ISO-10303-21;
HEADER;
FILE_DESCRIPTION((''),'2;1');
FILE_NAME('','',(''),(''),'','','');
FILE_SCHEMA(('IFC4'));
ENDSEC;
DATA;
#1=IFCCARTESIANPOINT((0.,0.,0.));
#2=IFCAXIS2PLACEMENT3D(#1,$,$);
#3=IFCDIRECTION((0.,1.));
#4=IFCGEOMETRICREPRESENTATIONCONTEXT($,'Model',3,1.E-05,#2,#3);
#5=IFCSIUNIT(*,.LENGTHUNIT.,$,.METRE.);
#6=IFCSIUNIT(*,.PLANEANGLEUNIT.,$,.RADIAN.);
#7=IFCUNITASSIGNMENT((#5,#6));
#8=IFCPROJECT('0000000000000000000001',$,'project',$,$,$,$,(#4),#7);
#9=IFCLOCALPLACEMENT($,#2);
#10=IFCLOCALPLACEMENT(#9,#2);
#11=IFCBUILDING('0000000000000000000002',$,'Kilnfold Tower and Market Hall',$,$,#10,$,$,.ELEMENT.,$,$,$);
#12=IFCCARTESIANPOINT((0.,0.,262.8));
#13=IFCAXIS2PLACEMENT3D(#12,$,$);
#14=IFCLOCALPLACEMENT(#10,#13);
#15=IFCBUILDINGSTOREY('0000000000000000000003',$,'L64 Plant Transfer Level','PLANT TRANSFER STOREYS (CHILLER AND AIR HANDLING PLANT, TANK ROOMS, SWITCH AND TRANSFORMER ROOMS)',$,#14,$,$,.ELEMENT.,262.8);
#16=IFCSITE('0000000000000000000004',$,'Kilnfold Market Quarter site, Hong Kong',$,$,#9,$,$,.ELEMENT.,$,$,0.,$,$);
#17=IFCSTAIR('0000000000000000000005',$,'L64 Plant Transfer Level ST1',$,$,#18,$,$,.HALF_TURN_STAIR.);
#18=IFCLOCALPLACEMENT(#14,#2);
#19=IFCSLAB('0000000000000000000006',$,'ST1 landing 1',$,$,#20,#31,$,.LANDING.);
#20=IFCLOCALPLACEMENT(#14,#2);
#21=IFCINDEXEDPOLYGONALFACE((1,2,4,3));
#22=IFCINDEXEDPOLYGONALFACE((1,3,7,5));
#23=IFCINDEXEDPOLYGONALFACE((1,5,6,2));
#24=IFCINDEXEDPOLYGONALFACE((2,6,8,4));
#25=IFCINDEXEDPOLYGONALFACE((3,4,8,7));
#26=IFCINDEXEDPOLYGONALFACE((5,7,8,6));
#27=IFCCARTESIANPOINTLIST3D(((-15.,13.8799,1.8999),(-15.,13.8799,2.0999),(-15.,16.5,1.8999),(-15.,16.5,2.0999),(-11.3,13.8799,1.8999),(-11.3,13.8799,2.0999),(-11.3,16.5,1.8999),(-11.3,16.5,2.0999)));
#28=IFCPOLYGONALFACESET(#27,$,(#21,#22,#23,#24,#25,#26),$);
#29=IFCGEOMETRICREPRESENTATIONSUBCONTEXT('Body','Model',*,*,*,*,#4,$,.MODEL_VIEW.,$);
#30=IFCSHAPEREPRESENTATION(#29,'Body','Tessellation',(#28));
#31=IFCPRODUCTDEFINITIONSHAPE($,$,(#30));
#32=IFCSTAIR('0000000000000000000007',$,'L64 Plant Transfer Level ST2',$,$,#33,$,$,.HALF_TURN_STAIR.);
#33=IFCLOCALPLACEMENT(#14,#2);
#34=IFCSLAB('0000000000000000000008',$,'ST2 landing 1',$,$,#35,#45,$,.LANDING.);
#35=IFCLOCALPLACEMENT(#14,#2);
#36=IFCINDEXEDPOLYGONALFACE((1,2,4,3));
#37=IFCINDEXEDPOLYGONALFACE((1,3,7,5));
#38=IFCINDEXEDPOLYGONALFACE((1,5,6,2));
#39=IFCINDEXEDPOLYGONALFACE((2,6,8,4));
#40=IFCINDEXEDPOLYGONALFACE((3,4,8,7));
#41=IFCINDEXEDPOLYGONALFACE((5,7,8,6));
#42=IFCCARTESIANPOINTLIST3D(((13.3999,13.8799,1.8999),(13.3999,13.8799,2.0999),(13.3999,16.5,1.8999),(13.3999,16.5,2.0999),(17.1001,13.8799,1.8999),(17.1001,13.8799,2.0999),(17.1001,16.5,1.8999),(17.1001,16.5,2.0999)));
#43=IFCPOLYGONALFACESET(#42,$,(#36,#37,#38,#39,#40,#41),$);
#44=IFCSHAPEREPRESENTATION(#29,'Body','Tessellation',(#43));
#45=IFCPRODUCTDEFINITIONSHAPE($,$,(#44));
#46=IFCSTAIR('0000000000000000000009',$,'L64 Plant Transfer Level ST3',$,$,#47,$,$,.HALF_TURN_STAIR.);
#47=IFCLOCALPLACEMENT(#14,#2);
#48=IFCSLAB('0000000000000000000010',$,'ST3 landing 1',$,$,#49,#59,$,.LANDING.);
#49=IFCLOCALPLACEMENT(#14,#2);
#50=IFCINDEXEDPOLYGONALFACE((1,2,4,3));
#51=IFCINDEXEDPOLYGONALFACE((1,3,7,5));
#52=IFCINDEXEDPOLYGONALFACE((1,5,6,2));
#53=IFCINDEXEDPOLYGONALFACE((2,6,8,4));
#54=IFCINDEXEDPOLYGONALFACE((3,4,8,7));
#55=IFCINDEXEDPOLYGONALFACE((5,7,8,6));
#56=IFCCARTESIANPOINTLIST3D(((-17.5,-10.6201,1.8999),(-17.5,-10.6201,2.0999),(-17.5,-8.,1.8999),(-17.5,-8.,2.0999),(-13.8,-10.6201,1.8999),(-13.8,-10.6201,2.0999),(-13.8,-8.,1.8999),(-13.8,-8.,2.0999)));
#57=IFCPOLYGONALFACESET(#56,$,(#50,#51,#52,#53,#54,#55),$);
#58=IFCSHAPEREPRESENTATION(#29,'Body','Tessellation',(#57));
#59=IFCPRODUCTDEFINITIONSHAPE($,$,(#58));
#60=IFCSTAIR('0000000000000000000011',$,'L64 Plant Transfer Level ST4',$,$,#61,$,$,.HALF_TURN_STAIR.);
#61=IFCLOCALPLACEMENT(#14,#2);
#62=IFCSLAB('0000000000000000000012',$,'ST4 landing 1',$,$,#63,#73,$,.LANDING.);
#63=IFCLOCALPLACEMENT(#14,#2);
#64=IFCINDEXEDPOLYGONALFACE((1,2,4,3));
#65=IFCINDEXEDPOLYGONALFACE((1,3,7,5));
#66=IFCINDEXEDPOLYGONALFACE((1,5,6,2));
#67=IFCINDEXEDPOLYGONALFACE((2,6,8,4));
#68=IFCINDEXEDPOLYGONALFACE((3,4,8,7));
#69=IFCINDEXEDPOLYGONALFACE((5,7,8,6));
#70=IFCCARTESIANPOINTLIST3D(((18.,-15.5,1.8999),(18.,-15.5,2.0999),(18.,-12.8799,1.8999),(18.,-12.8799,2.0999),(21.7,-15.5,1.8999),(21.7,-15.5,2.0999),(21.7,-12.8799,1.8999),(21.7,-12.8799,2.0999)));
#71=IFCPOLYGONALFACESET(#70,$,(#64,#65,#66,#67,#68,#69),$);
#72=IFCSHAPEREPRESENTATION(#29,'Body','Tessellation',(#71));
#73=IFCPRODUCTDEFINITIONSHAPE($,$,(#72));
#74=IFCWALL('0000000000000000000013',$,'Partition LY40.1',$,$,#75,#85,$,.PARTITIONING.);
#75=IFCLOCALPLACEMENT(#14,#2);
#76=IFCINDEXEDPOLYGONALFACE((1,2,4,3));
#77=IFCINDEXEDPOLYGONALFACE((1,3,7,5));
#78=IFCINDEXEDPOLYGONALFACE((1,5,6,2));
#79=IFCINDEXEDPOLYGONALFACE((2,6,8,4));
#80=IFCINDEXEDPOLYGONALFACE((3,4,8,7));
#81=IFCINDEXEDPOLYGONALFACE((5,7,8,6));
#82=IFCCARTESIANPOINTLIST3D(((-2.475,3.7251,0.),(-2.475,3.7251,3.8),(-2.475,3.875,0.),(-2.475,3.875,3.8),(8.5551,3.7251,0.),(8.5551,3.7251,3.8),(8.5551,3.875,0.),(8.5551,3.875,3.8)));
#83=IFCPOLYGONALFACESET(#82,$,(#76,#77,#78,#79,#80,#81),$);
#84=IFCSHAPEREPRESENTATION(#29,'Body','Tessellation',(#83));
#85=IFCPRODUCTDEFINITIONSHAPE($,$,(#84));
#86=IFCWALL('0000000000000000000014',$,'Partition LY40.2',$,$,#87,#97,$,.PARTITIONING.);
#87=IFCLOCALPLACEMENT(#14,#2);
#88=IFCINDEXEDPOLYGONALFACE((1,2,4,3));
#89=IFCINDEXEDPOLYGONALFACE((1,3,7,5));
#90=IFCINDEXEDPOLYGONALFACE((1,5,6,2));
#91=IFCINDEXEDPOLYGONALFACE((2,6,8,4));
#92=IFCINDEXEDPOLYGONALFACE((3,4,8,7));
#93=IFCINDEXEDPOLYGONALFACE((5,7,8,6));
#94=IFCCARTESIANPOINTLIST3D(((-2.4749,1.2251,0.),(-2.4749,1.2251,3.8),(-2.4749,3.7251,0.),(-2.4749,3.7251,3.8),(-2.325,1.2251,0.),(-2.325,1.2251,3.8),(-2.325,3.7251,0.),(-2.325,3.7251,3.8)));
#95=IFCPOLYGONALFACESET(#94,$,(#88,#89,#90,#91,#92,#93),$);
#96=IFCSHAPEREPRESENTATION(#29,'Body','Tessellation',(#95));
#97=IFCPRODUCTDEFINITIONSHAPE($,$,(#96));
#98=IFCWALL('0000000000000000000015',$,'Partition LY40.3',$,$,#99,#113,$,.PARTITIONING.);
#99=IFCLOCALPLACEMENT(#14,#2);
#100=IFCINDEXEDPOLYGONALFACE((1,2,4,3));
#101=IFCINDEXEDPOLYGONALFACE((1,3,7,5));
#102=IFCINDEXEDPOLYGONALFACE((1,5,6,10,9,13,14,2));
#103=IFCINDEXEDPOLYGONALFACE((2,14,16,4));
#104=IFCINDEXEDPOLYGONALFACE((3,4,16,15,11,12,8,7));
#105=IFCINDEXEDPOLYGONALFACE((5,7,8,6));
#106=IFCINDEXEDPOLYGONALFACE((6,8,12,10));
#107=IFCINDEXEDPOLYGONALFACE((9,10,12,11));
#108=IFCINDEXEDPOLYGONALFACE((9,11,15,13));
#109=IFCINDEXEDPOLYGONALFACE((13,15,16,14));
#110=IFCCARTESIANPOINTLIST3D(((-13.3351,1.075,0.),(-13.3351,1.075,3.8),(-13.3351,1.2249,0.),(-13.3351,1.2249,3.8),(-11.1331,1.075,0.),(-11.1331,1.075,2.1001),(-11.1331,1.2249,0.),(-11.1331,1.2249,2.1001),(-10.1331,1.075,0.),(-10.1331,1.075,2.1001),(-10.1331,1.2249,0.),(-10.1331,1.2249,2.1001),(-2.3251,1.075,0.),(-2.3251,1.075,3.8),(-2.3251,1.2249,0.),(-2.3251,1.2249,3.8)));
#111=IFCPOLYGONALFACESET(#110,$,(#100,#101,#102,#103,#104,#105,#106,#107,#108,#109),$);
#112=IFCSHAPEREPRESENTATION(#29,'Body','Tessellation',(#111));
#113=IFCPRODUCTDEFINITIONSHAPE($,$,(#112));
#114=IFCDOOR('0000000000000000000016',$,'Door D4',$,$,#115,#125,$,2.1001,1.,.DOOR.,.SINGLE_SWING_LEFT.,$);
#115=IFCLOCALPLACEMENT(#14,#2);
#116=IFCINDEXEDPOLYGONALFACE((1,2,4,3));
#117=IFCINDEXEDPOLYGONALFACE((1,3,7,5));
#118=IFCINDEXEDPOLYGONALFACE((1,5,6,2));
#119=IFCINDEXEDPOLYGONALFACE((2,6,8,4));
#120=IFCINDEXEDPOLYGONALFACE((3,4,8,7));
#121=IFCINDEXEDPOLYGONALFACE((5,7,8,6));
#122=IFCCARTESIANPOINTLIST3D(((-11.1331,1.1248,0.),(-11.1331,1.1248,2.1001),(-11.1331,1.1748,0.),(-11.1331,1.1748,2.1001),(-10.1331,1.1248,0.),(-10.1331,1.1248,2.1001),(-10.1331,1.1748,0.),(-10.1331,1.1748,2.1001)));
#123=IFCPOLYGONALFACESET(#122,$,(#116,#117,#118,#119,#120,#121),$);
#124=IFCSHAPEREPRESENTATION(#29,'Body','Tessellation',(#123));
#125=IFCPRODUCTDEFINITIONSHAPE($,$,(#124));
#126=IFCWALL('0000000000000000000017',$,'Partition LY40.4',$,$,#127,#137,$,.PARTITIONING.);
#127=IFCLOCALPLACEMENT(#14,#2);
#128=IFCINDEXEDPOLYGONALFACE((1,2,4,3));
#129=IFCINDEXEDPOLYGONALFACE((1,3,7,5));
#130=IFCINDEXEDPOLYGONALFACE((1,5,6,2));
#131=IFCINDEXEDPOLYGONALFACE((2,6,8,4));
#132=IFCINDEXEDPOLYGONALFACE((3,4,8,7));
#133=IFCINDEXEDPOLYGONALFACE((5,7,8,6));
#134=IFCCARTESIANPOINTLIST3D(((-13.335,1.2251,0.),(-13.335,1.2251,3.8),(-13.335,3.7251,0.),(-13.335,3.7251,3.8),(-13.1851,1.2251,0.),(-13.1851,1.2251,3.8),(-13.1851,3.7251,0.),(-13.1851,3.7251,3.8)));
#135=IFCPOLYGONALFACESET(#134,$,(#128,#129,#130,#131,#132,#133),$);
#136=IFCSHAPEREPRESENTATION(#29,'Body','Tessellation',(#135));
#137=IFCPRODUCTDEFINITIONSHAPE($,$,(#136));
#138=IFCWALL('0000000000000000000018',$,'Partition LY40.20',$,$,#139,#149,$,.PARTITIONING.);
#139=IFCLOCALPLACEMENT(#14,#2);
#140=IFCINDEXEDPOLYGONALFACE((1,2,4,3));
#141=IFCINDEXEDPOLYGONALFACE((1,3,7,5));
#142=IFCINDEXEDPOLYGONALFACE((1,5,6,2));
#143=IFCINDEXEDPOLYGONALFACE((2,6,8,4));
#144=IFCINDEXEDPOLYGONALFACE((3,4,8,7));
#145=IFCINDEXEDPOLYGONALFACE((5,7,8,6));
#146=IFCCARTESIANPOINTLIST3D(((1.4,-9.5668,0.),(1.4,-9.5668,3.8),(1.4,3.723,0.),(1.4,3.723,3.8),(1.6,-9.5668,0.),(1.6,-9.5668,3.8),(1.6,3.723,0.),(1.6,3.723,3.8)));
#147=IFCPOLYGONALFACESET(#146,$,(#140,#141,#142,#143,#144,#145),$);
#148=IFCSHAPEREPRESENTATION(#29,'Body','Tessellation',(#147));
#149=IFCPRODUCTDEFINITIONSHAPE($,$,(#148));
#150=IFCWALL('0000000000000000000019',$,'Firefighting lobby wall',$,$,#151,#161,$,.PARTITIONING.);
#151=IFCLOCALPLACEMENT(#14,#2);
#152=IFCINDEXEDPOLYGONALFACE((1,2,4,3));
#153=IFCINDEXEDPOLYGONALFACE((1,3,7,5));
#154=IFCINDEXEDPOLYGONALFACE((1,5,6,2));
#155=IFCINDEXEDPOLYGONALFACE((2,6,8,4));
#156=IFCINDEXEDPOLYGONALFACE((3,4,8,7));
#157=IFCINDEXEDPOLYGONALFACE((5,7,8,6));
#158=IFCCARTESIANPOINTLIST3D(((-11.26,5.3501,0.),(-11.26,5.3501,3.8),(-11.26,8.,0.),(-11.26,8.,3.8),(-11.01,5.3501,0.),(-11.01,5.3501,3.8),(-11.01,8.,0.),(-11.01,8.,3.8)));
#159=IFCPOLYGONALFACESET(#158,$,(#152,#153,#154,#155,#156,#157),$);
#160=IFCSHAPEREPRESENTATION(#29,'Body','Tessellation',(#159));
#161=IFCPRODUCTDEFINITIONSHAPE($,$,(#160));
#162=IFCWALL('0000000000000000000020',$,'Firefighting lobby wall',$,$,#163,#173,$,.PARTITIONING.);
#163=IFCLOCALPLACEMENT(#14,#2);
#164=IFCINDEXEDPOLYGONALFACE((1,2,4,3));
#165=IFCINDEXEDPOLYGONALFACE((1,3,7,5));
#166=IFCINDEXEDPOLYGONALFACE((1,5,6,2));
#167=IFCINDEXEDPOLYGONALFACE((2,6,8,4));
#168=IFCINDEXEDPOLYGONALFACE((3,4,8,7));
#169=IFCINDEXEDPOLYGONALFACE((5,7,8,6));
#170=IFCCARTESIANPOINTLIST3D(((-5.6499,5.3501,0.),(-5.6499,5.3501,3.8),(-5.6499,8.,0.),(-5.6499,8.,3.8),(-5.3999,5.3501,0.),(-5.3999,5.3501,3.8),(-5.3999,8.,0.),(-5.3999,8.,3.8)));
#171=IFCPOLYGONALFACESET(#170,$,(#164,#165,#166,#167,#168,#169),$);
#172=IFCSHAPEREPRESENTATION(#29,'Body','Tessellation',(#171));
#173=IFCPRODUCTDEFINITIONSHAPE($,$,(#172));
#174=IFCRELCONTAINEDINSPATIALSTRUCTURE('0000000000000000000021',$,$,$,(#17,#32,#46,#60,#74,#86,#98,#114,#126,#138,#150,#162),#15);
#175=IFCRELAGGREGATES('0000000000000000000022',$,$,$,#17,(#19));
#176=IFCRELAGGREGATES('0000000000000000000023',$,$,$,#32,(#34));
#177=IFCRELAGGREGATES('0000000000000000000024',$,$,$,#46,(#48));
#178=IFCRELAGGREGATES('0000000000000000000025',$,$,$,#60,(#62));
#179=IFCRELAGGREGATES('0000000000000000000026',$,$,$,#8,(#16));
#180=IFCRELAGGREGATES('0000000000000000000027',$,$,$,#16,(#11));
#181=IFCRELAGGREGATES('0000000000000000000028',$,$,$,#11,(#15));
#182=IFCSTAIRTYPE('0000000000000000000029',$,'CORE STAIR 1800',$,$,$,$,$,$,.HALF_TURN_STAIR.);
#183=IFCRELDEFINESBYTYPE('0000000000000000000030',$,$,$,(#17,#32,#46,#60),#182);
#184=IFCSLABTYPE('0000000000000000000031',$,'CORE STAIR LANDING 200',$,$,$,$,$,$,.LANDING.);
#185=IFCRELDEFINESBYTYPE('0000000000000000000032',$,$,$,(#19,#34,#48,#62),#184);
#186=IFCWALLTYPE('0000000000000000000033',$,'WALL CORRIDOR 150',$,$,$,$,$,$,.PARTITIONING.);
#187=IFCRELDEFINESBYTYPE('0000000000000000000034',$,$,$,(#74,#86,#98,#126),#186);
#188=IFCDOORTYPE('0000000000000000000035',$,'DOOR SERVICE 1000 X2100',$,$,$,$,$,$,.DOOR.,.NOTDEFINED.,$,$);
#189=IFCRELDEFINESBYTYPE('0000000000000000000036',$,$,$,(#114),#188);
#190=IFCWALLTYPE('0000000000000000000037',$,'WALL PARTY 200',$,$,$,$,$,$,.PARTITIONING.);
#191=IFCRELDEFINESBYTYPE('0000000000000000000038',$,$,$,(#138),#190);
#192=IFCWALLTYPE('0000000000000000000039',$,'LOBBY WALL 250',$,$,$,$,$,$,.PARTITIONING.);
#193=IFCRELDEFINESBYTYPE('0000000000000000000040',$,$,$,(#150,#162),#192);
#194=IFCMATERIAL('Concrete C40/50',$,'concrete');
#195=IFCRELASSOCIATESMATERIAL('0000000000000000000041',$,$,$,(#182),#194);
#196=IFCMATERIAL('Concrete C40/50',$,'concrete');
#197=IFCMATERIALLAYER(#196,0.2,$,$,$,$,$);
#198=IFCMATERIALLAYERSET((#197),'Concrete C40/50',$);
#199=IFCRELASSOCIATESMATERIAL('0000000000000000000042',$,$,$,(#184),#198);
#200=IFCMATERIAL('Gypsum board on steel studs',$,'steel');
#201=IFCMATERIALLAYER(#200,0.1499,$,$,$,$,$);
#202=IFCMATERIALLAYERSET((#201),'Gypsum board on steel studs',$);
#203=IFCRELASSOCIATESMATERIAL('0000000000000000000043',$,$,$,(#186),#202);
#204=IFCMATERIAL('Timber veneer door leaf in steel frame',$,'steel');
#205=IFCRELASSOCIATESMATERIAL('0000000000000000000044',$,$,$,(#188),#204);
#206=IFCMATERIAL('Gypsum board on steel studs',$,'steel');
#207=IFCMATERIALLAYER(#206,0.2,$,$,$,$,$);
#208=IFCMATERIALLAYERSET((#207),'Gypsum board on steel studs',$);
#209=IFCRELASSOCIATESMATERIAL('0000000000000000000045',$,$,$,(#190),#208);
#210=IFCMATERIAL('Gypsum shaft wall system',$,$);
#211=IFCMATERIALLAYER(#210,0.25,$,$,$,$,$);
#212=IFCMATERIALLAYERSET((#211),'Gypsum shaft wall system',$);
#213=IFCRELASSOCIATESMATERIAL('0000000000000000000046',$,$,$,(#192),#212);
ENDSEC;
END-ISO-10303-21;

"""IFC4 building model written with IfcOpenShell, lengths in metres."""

from ifc_helpers import new_model, si_unit, direction, frame, frame_2d, origin, place, context, subcontext, project, spatial, polyline, rectangle, outline, extrude, source, transform, mapped, material, layer, layer_set, type_object, element, fill, aggregate, save


model = new_model("IFC4")

# Units and contexts
model_context = context("Model", 3, precision=1e-05, world=origin(), true_north=direction((0.0, 1.0)))
body_context = subcontext(model_context, "Body", "Model", "MODEL_VIEW")
ifc_project = project(units=[si_unit("LENGTHUNIT", "METRE"), si_unit("PLANEANGLEUNIT", "RADIAN")], contexts=[model_context])

# Site, building, storey
site_placement = place(None, origin())
site = spatial("IfcSite", under=ifc_project, at=site_placement, Name="Kilnfold Market Quarter site, Hong Kong", CompositionType="ELEMENT", RefElevation=0.0)
building_placement = place(site_placement, origin())
building = spatial("IfcBuilding", under=site, at=building_placement, Name="Kilnfold Tower and Market Hall", CompositionType="ELEMENT")
storey_placement = place(building_placement, frame((0.0, 0.0, 262.8)))
storey = spatial("IfcBuildingStorey", under=building, at=storey_placement, Name="L64 Plant Transfer Level", Description="PLANT TRANSFER STOREYS (CHILLER AND AIR HANDLING PLANT, TANK ROOMS, SWITCH AND TRANSFORMER ROOMS)", CompositionType="ELEMENT", Elevation=262.8)

# Stairs, slabs
ifc_material_1 = material(Name="Concrete C40/50", Category="concrete")
stair_type = type_object("IfcStairType", Name="CORE STAIR 1800", PredefinedType="HALF_TURN_STAIR", material=ifc_material_1)
stair_1_placement = place(storey_placement, origin())
stair_1 = element("IfcStair", 1, at=stair_1_placement, inside=storey, type_object=stair_type, Name="L64 Plant Transfer Level ST1", PredefinedType="HALF_TURN_STAIR")
ifc_material_2 = material(Name="Concrete C40/50", Category="concrete")
ifc_layer_1 = layer(ifc_material_2, 0.2)
ifc_layer_set_1 = layer_set([ifc_layer_1], Name="Concrete C40/50")
slab_type_1 = type_object("IfcSlabType", Name="CORE STAIR LANDING 200", PredefinedType="LANDING", material=ifc_layer_set_1)
shared_shape_1 = source(origin(), body_context, "Body", "SweptSolid", [
    extrude(outline(polyline([(-11.3, 13.8799), (-11.3, 16.5), (-15.0, 16.5), (-15.0, 13.8799), (-11.3, 13.8799)])), origin(), (0.0, 0.0, 1.0), 0.2),
])
slab_1_placement = place(storey_placement, frame((0.0, 0.0, 1.8999)))
slab_1 = element("IfcSlab", 2, at=slab_1_placement, type_object=slab_type_1, Name="ST1 landing 1", PredefinedType="LANDING", context=body_context, shape_type="MappedRepresentation", body=[
    mapped(shared_shape_1, transform((0.0, 0.0, 0.0))),
])
aggregate(stair_1, [slab_1])
stair_2_placement = place(storey_placement, origin())
stair_2 = element("IfcStair", 3, at=stair_2_placement, inside=storey, type_object=stair_type, Name="L64 Plant Transfer Level ST2", PredefinedType="HALF_TURN_STAIR")
shared_shape_2 = source(origin(), body_context, "Body", "SweptSolid", [
    extrude(outline(polyline([(17.1001, 13.8799), (17.1001, 16.5), (13.3999, 16.5), (13.3999, 13.8799), (17.1001, 13.8799)])), origin(), (0.0, 0.0, 1.0), 0.2),
])
slab_2_placement = place(storey_placement, frame((0.0, 0.0, 1.8999)))
slab_2 = element("IfcSlab", 4, at=slab_2_placement, type_object=slab_type_1, Name="ST2 landing 1", PredefinedType="LANDING", context=body_context, shape_type="MappedRepresentation", body=[
    mapped(shared_shape_2, transform((0.0, 0.0, 0.0))),
])
aggregate(stair_2, [slab_2])
stair_3_placement = place(storey_placement, origin())
stair_3 = element("IfcStair", 5, at=stair_3_placement, inside=storey, type_object=stair_type, Name="L64 Plant Transfer Level ST3", PredefinedType="HALF_TURN_STAIR")
shared_shape_3 = source(origin(), body_context, "Body", "SweptSolid", [
    extrude(outline(polyline([(-13.8, -10.6201), (-13.8, -8.0), (-17.5, -8.0), (-17.5, -10.6201), (-13.8, -10.6201)])), origin(), (0.0, 0.0, 1.0), 0.2),
])
slab_3_placement = place(storey_placement, frame((0.0, 0.0, 1.8999)))
slab_3 = element("IfcSlab", 6, at=slab_3_placement, type_object=slab_type_1, Name="ST3 landing 1", PredefinedType="LANDING", context=body_context, shape_type="MappedRepresentation", body=[
    mapped(shared_shape_3, transform((0.0, 0.0, 0.0))),
])
aggregate(stair_3, [slab_3])
stair_4_placement = place(storey_placement, origin())
stair_4 = element("IfcStair", 7, at=stair_4_placement, inside=storey, type_object=stair_type, Name="L64 Plant Transfer Level ST4", PredefinedType="HALF_TURN_STAIR")
shared_shape_4 = source(origin(), body_context, "Body", "SweptSolid", [
    extrude(outline(polyline([(18.0, -12.8799), (18.0, -15.5), (21.7, -15.5), (21.7, -12.8799), (18.0, -12.8799)])), origin(), (0.0, 0.0, 1.0), 0.2),
])
slab_4_placement = place(storey_placement, frame((0.0, 0.0, 1.8999)))
slab_4 = element("IfcSlab", 8, at=slab_4_placement, type_object=slab_type_1, Name="ST4 landing 1", PredefinedType="LANDING", context=body_context, shape_type="MappedRepresentation", body=[
    mapped(shared_shape_4, transform((0.0, 0.0, 0.0))),
])
aggregate(stair_4, [slab_4])

# Walls
ifc_material_3 = material(Name="Gypsum board on steel studs", Category="steel")
ifc_layer_2 = layer(ifc_material_3, 0.1499)
ifc_layer_set_2 = layer_set([ifc_layer_2], Name="Gypsum board on steel studs")
wall_type_1 = type_object("IfcWallType", Name="WALL CORRIDOR 150", PredefinedType="PARTITIONING", material=ifc_layer_set_2)
wall_1_placement = place(storey_placement, frame((-2.4751, 3.8, 0.0), z_axis=(0.0, 0.0, 1.0), x_axis=(1.0, 0.0, 0.0)))
element("IfcWall", 9, at=wall_1_placement, inside=storey, type_object=wall_type_1, Name="Partition LY40.1", PredefinedType="PARTITIONING", context=body_context, shape_type="SweptSolid", body=[
    extrude(rectangle(XDim=11.03, YDim=0.1499, at=frame_2d((5.5151, 0.0))), origin(), (0.0, 0.0, 1.0), 3.8),
])
wall_2_placement = place(storey_placement, frame((-2.3999, 1.2251, 0.0), z_axis=(0.0, 0.0, 1.0), x_axis=(0.0, 1.0, 0.0)))
element("IfcWall", 10, at=wall_2_placement, inside=storey, type_object=wall_type_1, Name="Partition LY40.2", PredefinedType="PARTITIONING", context=body_context, shape_type="SweptSolid", body=[
    extrude(rectangle(XDim=2.5, YDim=0.1499, at=frame_2d((1.25, 0.0))), origin(), (0.0, 0.0, 1.0), 3.8),
])

# Wall, opening, door
wall_3_placement = place(storey_placement, frame((-13.335, 1.1499, 0.0), z_axis=(0.0, 0.0, 1.0), x_axis=(1.0, 0.0, 0.0)))
wall_3 = element("IfcWall", 11, at=wall_3_placement, inside=storey, type_object=wall_type_1, Name="Partition LY40.3", PredefinedType="PARTITIONING", context=body_context, shape_type="SweptSolid", body=[
    extrude(rectangle(XDim=11.01, YDim=0.1499, at=frame_2d((5.5049, 0.0))), origin(), (0.0, 0.0, 1.0), 3.8),
])
opening_1_placement = place(wall_3_placement, frame((2.2019, 0.0, 0.0)))
opening_1 = element("IfcOpeningElement", 12, at=opening_1_placement, cuts=wall_3, PredefinedType="OPENING", context=body_context, shape_type="SweptSolid", body=[
    extrude(rectangle(XDim=1.0, YDim=2.1001, at=frame_2d((0.5, 1.05))), frame((0.0, 0.085, 0.0), z_axis=(0.0, -1.0, 0.0), x_axis=(1.0, 0.0, 0.0)), (0.0, 0.0, 1.0), 0.1699),
])
ifc_material_4 = material(Name="Timber veneer door leaf in steel frame", Category="steel")
door_type_1 = type_object("IfcDoorType", Name="DOOR SERVICE 1000 X2100", OperationType="NOTDEFINED", PredefinedType="DOOR", material=ifc_material_4)
door_1_placement = place(opening_1_placement, origin())
door_1 = element("IfcDoor", 13, at=door_1_placement, inside=storey, type_object=door_type_1, Name="Door D4", OperationType="SINGLE_SWING_LEFT", OverallHeight=2.1001, OverallWidth=1.0, PredefinedType="DOOR", context=body_context, shape_type="SweptSolid", body=[
    extrude(rectangle(XDim=1.0, YDim=2.1001, at=frame_2d((0.5, 1.05))), frame((0.0, 0.0249, 0.0), z_axis=(0.0, -1.0, 0.0), x_axis=(1.0, 0.0, 0.0)), (0.0, 0.0, 1.0), 0.05),
])
fill(opening_1, door_1)

# Walls
wall_4_placement = place(storey_placement, frame((-13.26, 3.7251, 0.0), z_axis=(0.0, 0.0, 1.0), x_axis=(0.0, -1.0, 0.0)))
element("IfcWall", 14, at=wall_4_placement, inside=storey, type_object=wall_type_1, Name="Partition LY40.4", PredefinedType="PARTITIONING", context=body_context, shape_type="SweptSolid", body=[
    extrude(rectangle(XDim=2.5, YDim=0.1499, at=frame_2d((1.25, 0.0))), origin(), (0.0, 0.0, 1.0), 3.8),
])
ifc_material_5 = material(Name="Gypsum board on steel studs", Category="steel")
ifc_layer_3 = layer(ifc_material_5, 0.2)
ifc_layer_set_3 = layer_set([ifc_layer_3], Name="Gypsum board on steel studs")
wall_type_2 = type_object("IfcWallType", Name="WALL PARTY 200", PredefinedType="PARTITIONING", material=ifc_layer_set_3)
wall_5_placement = place(storey_placement, frame((1.5, -9.5669, 0.0), z_axis=(0.0, 0.0, 1.0), x_axis=(0.0, 1.0, 0.0)))
element("IfcWall", 15, at=wall_5_placement, inside=storey, type_object=wall_type_2, Name="Partition LY40.20", PredefinedType="PARTITIONING", context=body_context, shape_type="SweptSolid", body=[
    extrude(rectangle(XDim=13.2898, YDim=0.2, at=frame_2d((6.645, 0.0))), origin(), (0.0, 0.0, 1.0), 3.8),
])
ifc_material_6 = material(Name="Gypsum shaft wall system")
ifc_layer_4 = layer(ifc_material_6, 0.25)
ifc_layer_set_4 = layer_set([ifc_layer_4], Name="Gypsum shaft wall system")
wall_type_3 = type_object("IfcWallType", Name="LOBBY WALL 250", PredefinedType="PARTITIONING", material=ifc_layer_set_4)
shared_shape_5 = source(origin(), body_context, "Body", "SweptSolid", [
    extrude(rectangle(XDim=2.6499, YDim=0.25, at=frame_2d((1.325, 0.0))), origin(), (0.0, 0.0, 1.0), 3.8),
])
for number, where, z_axis, x_axis, name in (
    (16, (-11.135, 5.3501, 0.0), (0.0, 0.0, 1.0), (0.0, 1.0, 0.0), "Firefighting lobby wall"),
    (17, (-5.5249, 5.3501, 0.0), (0.0, 0.0, 1.0), (0.0, 1.0, 0.0), "Firefighting lobby wall"),
):
    element("IfcWall", number, at=place(storey_placement, frame(where, z_axis=z_axis, x_axis=x_axis)), inside=storey, type_object=wall_type_3, Name=name, PredefinedType="PARTITIONING", context=body_context, shape_type="MappedRepresentation", body=[
        mapped(shared_shape_5, transform((0.0, 0.0, 0.0))),
    ])

save(model, "model.ifc")
